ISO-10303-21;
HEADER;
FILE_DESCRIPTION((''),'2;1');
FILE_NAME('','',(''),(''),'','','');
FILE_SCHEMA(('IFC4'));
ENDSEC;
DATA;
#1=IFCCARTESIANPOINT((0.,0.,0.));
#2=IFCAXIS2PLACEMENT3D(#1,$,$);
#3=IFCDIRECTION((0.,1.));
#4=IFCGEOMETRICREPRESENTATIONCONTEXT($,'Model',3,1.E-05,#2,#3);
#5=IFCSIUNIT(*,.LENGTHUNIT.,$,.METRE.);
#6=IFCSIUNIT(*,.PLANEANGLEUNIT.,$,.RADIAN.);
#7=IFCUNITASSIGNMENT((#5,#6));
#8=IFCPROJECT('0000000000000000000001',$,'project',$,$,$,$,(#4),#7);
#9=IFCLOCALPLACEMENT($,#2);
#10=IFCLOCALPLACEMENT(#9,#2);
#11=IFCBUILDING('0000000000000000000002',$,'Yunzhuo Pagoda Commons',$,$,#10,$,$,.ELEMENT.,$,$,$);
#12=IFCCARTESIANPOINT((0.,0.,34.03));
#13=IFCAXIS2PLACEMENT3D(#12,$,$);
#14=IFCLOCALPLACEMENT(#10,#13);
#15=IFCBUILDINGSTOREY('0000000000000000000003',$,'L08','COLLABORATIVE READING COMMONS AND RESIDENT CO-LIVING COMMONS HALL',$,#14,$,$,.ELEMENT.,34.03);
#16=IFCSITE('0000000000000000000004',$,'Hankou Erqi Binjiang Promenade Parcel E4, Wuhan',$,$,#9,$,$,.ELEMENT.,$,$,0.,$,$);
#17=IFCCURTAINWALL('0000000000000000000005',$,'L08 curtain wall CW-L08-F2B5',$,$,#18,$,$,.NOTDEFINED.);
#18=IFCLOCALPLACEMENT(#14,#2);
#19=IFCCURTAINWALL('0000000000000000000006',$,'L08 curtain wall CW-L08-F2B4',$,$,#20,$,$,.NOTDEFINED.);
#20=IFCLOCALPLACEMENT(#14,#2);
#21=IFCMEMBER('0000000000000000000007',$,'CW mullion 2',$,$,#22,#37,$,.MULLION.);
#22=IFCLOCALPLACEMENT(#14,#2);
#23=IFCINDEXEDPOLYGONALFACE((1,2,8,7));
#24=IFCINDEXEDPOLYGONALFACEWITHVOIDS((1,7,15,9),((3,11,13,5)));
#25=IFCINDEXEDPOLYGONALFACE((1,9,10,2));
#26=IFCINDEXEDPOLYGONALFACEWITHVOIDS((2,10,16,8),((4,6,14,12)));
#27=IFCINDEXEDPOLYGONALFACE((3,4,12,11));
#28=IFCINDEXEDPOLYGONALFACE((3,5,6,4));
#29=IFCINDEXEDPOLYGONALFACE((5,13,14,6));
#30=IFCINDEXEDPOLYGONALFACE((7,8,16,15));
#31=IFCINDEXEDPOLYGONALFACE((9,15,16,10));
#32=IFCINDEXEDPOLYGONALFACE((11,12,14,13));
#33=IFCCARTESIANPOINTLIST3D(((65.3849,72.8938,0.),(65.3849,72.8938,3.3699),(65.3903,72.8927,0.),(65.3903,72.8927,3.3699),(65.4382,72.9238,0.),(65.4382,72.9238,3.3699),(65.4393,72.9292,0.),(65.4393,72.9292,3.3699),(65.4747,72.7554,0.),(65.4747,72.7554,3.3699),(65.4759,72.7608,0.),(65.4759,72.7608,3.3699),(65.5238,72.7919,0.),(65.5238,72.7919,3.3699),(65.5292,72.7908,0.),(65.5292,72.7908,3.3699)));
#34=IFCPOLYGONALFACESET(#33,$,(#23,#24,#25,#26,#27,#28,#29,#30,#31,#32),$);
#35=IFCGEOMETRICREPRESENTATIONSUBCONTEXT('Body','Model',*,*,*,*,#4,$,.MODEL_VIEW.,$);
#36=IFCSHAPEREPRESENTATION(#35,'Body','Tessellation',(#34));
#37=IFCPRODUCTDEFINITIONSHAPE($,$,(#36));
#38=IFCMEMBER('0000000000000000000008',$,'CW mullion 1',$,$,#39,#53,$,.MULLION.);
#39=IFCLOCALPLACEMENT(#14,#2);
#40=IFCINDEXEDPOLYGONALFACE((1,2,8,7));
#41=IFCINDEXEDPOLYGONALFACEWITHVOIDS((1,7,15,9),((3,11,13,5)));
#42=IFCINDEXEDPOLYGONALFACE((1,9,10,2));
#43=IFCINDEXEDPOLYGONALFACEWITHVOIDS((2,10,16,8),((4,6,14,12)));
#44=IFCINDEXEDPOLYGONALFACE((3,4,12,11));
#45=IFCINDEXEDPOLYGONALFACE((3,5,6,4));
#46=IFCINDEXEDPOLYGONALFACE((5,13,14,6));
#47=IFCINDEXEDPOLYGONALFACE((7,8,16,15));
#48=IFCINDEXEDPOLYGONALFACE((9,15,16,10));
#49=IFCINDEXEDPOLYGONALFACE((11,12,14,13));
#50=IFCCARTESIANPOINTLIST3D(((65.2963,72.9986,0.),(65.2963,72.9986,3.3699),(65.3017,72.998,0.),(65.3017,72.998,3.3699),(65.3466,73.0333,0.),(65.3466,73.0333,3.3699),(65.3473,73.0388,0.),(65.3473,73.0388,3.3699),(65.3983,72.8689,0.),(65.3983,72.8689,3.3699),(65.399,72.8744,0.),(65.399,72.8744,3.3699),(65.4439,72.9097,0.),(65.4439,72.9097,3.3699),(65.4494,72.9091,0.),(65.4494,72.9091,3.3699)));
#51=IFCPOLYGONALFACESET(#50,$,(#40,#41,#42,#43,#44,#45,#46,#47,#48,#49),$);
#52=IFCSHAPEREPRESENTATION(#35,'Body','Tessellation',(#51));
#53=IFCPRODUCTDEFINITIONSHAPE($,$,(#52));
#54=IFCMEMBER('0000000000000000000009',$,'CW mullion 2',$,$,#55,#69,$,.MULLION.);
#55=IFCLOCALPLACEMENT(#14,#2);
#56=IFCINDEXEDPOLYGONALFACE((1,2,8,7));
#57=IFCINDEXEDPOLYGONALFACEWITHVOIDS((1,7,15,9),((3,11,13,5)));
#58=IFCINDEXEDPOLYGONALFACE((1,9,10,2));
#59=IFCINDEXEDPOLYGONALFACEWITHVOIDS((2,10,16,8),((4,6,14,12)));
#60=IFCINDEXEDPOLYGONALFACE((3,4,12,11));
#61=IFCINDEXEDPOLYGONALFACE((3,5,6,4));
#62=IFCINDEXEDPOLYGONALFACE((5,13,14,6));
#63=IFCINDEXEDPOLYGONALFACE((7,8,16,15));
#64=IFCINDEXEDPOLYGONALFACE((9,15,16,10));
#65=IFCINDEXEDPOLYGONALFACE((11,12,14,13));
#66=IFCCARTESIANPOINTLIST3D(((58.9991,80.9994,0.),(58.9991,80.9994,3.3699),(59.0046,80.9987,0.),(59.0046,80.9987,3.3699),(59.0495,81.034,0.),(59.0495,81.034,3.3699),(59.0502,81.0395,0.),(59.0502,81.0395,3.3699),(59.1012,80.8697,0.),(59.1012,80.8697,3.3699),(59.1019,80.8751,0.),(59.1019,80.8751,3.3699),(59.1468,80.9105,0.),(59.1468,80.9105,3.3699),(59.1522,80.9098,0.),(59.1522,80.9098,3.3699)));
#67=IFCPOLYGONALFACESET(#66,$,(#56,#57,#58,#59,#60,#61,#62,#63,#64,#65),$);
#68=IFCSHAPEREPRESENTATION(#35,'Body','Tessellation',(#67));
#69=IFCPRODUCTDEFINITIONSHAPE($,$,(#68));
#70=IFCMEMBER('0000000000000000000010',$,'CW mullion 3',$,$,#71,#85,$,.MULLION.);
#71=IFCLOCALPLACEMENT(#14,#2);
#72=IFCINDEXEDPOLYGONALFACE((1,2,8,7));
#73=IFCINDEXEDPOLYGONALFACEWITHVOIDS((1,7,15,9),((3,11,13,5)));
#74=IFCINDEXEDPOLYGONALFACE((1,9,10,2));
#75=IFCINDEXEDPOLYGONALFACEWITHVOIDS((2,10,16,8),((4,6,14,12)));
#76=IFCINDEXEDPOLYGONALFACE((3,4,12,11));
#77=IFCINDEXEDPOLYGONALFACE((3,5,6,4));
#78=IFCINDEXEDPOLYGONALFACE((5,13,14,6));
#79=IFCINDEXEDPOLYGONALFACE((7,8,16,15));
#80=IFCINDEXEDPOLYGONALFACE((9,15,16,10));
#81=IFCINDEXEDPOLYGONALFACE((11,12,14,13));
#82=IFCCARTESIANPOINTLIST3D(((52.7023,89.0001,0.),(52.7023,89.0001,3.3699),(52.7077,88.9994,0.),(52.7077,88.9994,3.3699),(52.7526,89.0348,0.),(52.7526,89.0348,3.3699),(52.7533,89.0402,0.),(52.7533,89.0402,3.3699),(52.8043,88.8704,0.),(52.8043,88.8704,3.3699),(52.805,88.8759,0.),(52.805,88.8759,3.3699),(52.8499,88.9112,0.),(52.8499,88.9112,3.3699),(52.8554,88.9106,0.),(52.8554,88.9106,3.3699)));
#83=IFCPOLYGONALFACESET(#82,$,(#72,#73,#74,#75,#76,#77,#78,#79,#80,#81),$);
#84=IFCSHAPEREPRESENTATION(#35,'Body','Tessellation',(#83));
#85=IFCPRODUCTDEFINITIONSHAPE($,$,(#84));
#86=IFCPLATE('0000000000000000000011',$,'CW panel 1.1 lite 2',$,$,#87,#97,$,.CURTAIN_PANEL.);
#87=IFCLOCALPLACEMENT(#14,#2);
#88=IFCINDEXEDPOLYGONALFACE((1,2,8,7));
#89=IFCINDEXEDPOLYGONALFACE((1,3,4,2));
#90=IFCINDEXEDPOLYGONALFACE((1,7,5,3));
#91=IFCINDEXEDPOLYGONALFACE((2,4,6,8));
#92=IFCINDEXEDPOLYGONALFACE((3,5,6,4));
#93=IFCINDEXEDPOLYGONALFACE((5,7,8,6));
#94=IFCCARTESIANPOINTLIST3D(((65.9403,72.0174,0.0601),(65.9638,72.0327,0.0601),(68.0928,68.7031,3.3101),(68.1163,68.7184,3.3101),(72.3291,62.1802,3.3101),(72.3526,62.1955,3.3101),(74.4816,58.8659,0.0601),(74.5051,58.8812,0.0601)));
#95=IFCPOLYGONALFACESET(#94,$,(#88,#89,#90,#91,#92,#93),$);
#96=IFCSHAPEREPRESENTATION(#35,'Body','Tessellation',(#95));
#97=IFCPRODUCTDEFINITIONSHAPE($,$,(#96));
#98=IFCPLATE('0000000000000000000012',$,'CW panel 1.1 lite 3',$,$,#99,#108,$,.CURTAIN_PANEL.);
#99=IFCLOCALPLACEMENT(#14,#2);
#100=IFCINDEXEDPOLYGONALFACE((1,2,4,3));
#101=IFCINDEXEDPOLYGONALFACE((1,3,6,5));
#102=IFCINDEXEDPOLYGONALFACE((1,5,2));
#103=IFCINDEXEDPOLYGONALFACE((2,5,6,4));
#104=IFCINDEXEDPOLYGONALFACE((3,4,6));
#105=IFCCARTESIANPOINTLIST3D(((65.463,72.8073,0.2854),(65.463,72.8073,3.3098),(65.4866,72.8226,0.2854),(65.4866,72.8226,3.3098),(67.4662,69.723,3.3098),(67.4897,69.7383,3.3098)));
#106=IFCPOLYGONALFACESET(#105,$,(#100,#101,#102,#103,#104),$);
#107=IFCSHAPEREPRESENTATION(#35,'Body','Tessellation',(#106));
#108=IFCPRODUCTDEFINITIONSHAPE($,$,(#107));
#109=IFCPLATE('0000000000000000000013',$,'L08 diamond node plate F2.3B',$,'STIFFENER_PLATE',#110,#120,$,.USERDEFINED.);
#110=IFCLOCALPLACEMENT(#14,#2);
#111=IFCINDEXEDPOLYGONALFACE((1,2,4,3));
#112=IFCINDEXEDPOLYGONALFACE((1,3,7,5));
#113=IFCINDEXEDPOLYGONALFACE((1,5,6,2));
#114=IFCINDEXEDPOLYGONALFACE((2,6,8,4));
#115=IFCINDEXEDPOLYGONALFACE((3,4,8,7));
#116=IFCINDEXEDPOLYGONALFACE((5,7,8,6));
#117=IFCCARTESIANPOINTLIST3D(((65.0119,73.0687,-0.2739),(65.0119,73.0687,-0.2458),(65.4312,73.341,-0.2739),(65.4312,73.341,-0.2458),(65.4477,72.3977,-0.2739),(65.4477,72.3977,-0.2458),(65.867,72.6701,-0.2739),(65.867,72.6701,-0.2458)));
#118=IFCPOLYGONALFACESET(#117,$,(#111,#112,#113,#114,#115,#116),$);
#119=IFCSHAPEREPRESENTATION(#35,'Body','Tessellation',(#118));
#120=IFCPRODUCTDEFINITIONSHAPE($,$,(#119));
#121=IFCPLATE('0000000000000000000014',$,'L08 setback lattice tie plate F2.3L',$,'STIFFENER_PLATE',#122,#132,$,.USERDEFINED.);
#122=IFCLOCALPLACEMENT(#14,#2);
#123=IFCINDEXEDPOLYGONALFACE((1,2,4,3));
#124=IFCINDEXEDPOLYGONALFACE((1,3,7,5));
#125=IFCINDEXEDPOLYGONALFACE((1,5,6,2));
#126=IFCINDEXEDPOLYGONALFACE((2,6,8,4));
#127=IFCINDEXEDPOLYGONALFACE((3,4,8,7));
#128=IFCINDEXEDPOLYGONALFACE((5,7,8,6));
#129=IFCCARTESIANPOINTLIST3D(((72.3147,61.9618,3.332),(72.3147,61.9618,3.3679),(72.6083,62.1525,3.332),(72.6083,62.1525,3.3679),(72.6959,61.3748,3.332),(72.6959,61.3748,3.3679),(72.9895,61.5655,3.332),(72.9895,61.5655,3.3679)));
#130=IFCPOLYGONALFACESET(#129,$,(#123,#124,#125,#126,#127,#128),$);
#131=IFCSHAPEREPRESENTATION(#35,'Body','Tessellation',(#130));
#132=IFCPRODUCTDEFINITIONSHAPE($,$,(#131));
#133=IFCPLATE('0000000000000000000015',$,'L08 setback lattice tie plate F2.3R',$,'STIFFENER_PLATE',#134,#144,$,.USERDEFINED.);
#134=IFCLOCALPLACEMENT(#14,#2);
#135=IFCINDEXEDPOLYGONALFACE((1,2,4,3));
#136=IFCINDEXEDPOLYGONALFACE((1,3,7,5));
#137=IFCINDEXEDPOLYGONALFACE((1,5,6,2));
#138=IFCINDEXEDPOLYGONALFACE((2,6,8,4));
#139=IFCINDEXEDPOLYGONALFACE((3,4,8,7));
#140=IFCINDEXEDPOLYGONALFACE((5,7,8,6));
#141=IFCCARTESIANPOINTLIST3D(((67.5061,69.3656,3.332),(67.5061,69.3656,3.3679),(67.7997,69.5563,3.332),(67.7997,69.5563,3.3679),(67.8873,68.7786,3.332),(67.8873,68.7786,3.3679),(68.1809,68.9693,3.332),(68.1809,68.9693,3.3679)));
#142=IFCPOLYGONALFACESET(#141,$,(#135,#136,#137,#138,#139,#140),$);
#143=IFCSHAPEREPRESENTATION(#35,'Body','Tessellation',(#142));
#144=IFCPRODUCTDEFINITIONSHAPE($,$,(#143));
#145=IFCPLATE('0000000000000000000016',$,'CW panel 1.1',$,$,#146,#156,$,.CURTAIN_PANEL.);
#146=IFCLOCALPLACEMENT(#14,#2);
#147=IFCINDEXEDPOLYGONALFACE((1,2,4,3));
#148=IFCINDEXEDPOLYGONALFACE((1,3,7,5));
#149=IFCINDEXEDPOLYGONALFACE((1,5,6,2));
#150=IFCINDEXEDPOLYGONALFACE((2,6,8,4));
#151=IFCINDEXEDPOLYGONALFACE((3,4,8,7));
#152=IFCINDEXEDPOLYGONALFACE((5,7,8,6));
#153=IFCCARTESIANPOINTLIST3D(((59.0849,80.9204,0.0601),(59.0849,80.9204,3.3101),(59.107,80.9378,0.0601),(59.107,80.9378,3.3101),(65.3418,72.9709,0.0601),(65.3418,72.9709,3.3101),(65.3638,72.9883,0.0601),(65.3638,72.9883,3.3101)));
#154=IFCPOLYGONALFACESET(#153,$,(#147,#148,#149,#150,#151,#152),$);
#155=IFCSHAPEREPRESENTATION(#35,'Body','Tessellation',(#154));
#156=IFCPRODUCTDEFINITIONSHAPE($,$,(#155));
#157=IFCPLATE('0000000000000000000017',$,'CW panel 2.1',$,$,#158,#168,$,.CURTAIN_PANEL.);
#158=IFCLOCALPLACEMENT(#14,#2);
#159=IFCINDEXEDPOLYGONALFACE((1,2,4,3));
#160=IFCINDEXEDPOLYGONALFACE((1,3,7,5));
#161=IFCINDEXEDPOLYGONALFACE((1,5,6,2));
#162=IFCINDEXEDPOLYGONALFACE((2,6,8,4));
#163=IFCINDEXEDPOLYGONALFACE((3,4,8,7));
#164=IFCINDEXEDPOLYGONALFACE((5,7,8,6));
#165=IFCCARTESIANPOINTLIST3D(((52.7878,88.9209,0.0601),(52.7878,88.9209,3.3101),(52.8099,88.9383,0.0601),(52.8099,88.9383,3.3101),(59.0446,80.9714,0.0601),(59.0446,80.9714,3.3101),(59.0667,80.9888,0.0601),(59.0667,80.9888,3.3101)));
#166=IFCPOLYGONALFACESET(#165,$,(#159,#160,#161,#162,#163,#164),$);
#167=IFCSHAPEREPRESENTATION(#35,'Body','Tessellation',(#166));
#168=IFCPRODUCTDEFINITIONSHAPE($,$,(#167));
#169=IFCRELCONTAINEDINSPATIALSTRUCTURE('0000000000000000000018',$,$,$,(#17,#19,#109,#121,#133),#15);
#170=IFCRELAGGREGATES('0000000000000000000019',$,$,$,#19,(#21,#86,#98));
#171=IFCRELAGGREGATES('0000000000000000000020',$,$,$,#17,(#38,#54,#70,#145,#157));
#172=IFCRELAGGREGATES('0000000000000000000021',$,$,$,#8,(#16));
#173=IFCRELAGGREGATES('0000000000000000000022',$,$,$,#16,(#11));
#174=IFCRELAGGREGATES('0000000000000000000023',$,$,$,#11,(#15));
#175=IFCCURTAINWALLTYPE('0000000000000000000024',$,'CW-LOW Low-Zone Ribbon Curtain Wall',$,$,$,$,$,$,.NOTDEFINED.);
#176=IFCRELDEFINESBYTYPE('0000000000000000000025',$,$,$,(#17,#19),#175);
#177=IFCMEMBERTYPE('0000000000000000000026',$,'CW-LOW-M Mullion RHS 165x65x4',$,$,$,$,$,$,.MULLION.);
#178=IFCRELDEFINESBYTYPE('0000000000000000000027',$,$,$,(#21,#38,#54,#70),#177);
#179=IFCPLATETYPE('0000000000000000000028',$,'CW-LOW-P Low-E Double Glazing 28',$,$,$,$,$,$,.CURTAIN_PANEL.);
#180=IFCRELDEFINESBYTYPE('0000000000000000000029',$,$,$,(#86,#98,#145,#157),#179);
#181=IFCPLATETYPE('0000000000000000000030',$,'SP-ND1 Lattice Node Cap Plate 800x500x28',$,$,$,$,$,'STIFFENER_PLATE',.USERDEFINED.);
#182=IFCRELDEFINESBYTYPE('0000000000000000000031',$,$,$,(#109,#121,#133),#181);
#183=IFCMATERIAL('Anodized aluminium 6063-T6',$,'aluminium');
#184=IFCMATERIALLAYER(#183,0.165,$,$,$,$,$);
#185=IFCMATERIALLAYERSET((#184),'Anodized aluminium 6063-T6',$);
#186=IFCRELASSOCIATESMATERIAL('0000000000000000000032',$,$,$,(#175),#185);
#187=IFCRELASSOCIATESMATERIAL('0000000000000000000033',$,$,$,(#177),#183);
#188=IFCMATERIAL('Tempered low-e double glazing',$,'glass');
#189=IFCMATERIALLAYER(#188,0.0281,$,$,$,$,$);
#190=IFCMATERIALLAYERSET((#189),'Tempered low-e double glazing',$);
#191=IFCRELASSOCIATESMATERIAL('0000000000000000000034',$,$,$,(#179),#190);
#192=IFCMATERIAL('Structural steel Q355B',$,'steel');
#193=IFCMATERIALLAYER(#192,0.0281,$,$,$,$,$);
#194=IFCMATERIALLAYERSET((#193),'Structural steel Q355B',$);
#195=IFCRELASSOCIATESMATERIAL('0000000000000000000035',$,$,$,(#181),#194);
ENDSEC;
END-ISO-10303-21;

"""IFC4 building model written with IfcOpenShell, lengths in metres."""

from ifc_helpers import new_model, si_unit, direction, frame, origin, origin_2d, place, context, subcontext, project, spatial, polyline, rectangle, hollow_rectangle, outline, extrude, source, transform, mapped, material, layer, layer_set, material_profile, profile_set, type_object, element, aggregate, save


model = new_model("IFC4")

# Units and contexts
model_context = context("Model", 3, precision=1e-05, world=origin(), true_north=direction((0.0, 1.0)))
body_context = subcontext(model_context, "Body", "Model", "MODEL_VIEW")
ifc_project = project(units=[si_unit("LENGTHUNIT", "METRE"), si_unit("PLANEANGLEUNIT", "RADIAN")], contexts=[model_context])

# Site, building, storey
site_placement = place(None, origin())
site = spatial("IfcSite", under=ifc_project, at=site_placement, Name="Hankou Erqi Binjiang Promenade Parcel E4, Wuhan", CompositionType="ELEMENT", RefElevation=0.0)
building_placement = place(site_placement, origin())
building = spatial("IfcBuilding", under=site, at=building_placement, Name="Yunzhuo Pagoda Commons", CompositionType="ELEMENT")
storey_placement = place(building_placement, frame((0.0, 0.0, 34.03)))
storey = spatial("IfcBuildingStorey", under=building, at=storey_placement, Name="L08", Description="COLLABORATIVE READING COMMONS AND RESIDENT CO-LIVING COMMONS HALL", CompositionType="ELEMENT", Elevation=34.03)

# Shared definitions
ifc_material_1 = material(Name="Structural steel Q355B", Category="steel")

# Curtain wall
ifc_material_2 = material(Name="Anodized aluminium 6063-T6", Category="aluminium")
ifc_layer_1 = layer(ifc_material_2, 0.165)
ifc_layer_set_1 = layer_set([ifc_layer_1], Name="Anodized aluminium 6063-T6")
curtain_wall_type = type_object("IfcCurtainWallType", Name="CW-LOW Low-Zone Ribbon Curtain Wall", PredefinedType="NOTDEFINED", material=ifc_layer_set_1)
curtain_wall_1_placement = place(storey_placement, origin())
curtain_wall_1 = element("IfcCurtainWall", 1, at=curtain_wall_1_placement, inside=storey, type_object=curtain_wall_type, Name="L08 curtain wall CW-L08-F2B5", PredefinedType="NOTDEFINED")

# Curtain wall, member
curtain_wall_2_placement = place(storey_placement, origin())
curtain_wall_2 = element("IfcCurtainWall", 2, at=curtain_wall_2_placement, inside=storey, type_object=curtain_wall_type, Name="L08 curtain wall CW-L08-F2B4", PredefinedType="NOTDEFINED")
ifc_material_profile_1 = material_profile(ifc_material_2, hollow_rectangle(XDim=0.0649, YDim=0.165, WallThickness=0.0039, at=origin_2d()), Name="Anodized aluminium 6063-T6")
ifc_profile_set_1 = profile_set([ifc_material_profile_1], Name="Anodized aluminium 6063-T6")
member_type_1 = type_object("IfcMemberType", Name="CW-LOW-M Mullion RHS 165x65x4", PredefinedType="MULLION", material=ifc_profile_set_1)
shared_shape_1 = source(origin(), body_context, "Body", "SweptSolid", [
    extrude(hollow_rectangle(XDim=0.0649, YDim=0.165, WallThickness=0.0039, at=origin_2d()), origin(), (0.0, 0.0, 1.0), 3.3699),
])
member_1_placement = place(storey_placement, frame((65.457, 72.8423, 0.0), z_axis=(0.0, 0.0, 1.0), x_axis=(-0.838652, -0.544667, 0.0)))
member_1 = element("IfcMember", 3, at=member_1_placement, type_object=member_type_1, Name="CW mullion 2", PredefinedType="MULLION", context=body_context, shape_type="MappedRepresentation", body=[
    mapped(shared_shape_1, transform((0.0, 0.0, 0.0), scale=1.0)),
])

# Members
member_2_placement = place(storey_placement, frame((65.3728, 72.9539, 0.0), z_axis=(0.0, 0.0, 1.0), x_axis=(-0.7858, -0.618481, 0.0)))
member_2 = element("IfcMember", 4, at=member_2_placement, type_object=member_type_1, Name="CW mullion 1", PredefinedType="MULLION", context=body_context, shape_type="MappedRepresentation", body=[
    mapped(shared_shape_1, transform((0.0, 0.0, 0.0), scale=1.0)),
])
member_3_placement = place(storey_placement, frame((59.0757, 80.9546, 0.0), z_axis=(0.0, 0.0, 1.0), x_axis=(-0.7858, -0.618481, 0.0)))
member_3 = element("IfcMember", 5, at=member_3_placement, type_object=member_type_1, Name="CW mullion 2", PredefinedType="MULLION", context=body_context, shape_type="MappedRepresentation", body=[
    mapped(shared_shape_1, transform((0.0, 0.0, 0.0), scale=1.0)),
])
member_4_placement = place(storey_placement, frame((52.7788, 88.9553, 0.0), z_axis=(0.0, 0.0, 1.0), x_axis=(-0.7858, -0.618481, 0.0)))
member_4 = element("IfcMember", 6, at=member_4_placement, type_object=member_type_1, Name="CW mullion 3", PredefinedType="MULLION", context=body_context, shape_type="MappedRepresentation", body=[
    mapped(shared_shape_1, transform((0.0, 0.0, 0.0), scale=1.0)),
])

# Plates
ifc_material_3 = material(Name="Tempered low-e double glazing", Category="glass")
ifc_layer_2 = layer(ifc_material_3, 0.0281)
ifc_layer_set_2 = layer_set([ifc_layer_2], Name="Tempered low-e double glazing")
plate_type_1 = type_object("IfcPlateType", Name="CW-LOW-P Low-E Double Glazing 28", PredefinedType="CURTAIN_PANEL", material=ifc_layer_set_2)
plate_1_placement = place(storey_placement, frame((70.2109, 65.4417, 1.6851), z_axis=(0.838652, 0.544667, 0.0), x_axis=(-0.544667, 0.838652, 0.0)))
plate_1 = element("IfcPlate", 7, at=plate_1_placement, type_object=plate_type_1, Name="CW panel 1.1 lite 2", PredefinedType="CURTAIN_PANEL", context=body_context, shape_type="SweptSolid", body=[
    extrude(outline(polyline([(-7.8408, -1.625), (7.8408, -1.625), (3.8889, 1.625), (-3.8889, 1.625), (-7.8408, -1.625)])), origin(), (0.0, 0.0, 1.0), 0.0281),
])
plate_2_placement = place(storey_placement, frame((66.4646, 71.2651, 1.7976), z_axis=(0.838652, 0.544667, 0.0), x_axis=(-0.544667, 0.838652, 0.0)))
plate_2 = element("IfcPlate", 8, at=plate_2_placement, type_object=plate_type_1, Name="CW panel 1.1 lite 3", PredefinedType="CURTAIN_PANEL", context=body_context, shape_type="SweptSolid", body=[
    extrude(outline(polyline([(-1.8389, 1.5122), (1.8389, -1.5122), (1.8389, 1.5122), (-1.8389, 1.5122)])), origin(), (0.0, 0.0, 1.0), 0.0281),
])
aggregate(curtain_wall_2, [member_1, plate_1, plate_2])

# Plates
ifc_layer_3 = layer(ifc_material_1, 0.0281)
ifc_layer_set_3 = layer_set([ifc_layer_3], Name="Structural steel Q355B")
plate_type_2 = type_object("IfcPlateType", Name="SP-ND1 Lattice Node Cap Plate 800x500x28", ElementType="STIFFENER_PLATE", PredefinedType="USERDEFINED", material=ifc_layer_set_3)
shared_shape_2 = source(origin(), body_context, "Body", "SweptSolid", [
    extrude(rectangle(XDim=0.8, YDim=0.5, at=origin_2d()), origin(), (0.0, 0.0, 1.0), 0.0281),
])
plate_3_placement = place(storey_placement, frame((65.4395, 72.8694, -0.2739), z_axis=(0.0, 0.0, 1.0), x_axis=(-0.544668, 0.838652, 0.0)))
element("IfcPlate", 9, at=plate_3_placement, inside=storey, type_object=plate_type_2, Name="L08 diamond node plate F2.3B", ObjectType="STIFFENER_PLATE", PredefinedType="USERDEFINED", context=body_context, shape_type="MappedRepresentation", body=[
    mapped(shared_shape_2, transform((0.0, 0.0, 0.0), scale=1.0)),
])
shared_shape_3 = source(origin(), body_context, "Body", "SweptSolid", [
    extrude(rectangle(XDim=0.7, YDim=0.3501, at=origin_2d()), origin(), (0.0, 0.0, 1.0), 0.0359),
])
for number, where, z_axis, x_axis, name in (
    (10, (72.6521, 61.7637, 3.332), (0.0, 0.0, 1.0), (-0.544668, 0.838652, 0.0), "L08 setback lattice tie plate F2.3L"),
    (11, (67.8435, 69.1675, 3.332), (0.0, 0.0, 1.0), (-0.544668, 0.838652, 0.0), "L08 setback lattice tie plate F2.3R"),
):
    element("IfcPlate", number, at=place(storey_placement, frame(where, z_axis=z_axis, x_axis=x_axis)), inside=storey, type_object=plate_type_2, Name=name, ObjectType="STIFFENER_PLATE", PredefinedType="USERDEFINED", context=body_context, shape_type="MappedRepresentation", body=[
        mapped(shared_shape_3, transform((0.0, 0.0, 0.0), scale=1.0)),
    ])

# Plates
shared_shape_4 = source(origin(), body_context, "Body", "SweptSolid", [
    extrude(rectangle(XDim=10.1165, YDim=0.0281, at=origin_2d()), origin(), (0.0, 0.0, 1.0), 3.25),
])
plate_4_placement = place(storey_placement, frame((62.2244, 76.9543, 0.0601), z_axis=(0.0, 0.0, 1.0), x_axis=(-0.618481, 0.7858, 0.0)))
plate_4 = element("IfcPlate", 12, at=plate_4_placement, type_object=plate_type_1, Name="CW panel 1.1", PredefinedType="CURTAIN_PANEL", context=body_context, shape_type="MappedRepresentation", body=[
    mapped(shared_shape_4, transform((0.0, 0.0, 0.0), scale=1.0)),
])
plate_5_placement = place(storey_placement, frame((55.9272, 84.9548, 0.0601), z_axis=(0.0, 0.0, 1.0), x_axis=(-0.618481, 0.7858, 0.0)))
plate_5 = element("IfcPlate", 13, at=plate_5_placement, type_object=plate_type_1, Name="CW panel 2.1", PredefinedType="CURTAIN_PANEL", context=body_context, shape_type="MappedRepresentation", body=[
    mapped(shared_shape_4, transform((0.0, 0.0, 0.0), scale=1.0)),
])
aggregate(curtain_wall_1, [member_2, member_3, member_4, plate_4, plate_5])

save(model, "model.ifc")
